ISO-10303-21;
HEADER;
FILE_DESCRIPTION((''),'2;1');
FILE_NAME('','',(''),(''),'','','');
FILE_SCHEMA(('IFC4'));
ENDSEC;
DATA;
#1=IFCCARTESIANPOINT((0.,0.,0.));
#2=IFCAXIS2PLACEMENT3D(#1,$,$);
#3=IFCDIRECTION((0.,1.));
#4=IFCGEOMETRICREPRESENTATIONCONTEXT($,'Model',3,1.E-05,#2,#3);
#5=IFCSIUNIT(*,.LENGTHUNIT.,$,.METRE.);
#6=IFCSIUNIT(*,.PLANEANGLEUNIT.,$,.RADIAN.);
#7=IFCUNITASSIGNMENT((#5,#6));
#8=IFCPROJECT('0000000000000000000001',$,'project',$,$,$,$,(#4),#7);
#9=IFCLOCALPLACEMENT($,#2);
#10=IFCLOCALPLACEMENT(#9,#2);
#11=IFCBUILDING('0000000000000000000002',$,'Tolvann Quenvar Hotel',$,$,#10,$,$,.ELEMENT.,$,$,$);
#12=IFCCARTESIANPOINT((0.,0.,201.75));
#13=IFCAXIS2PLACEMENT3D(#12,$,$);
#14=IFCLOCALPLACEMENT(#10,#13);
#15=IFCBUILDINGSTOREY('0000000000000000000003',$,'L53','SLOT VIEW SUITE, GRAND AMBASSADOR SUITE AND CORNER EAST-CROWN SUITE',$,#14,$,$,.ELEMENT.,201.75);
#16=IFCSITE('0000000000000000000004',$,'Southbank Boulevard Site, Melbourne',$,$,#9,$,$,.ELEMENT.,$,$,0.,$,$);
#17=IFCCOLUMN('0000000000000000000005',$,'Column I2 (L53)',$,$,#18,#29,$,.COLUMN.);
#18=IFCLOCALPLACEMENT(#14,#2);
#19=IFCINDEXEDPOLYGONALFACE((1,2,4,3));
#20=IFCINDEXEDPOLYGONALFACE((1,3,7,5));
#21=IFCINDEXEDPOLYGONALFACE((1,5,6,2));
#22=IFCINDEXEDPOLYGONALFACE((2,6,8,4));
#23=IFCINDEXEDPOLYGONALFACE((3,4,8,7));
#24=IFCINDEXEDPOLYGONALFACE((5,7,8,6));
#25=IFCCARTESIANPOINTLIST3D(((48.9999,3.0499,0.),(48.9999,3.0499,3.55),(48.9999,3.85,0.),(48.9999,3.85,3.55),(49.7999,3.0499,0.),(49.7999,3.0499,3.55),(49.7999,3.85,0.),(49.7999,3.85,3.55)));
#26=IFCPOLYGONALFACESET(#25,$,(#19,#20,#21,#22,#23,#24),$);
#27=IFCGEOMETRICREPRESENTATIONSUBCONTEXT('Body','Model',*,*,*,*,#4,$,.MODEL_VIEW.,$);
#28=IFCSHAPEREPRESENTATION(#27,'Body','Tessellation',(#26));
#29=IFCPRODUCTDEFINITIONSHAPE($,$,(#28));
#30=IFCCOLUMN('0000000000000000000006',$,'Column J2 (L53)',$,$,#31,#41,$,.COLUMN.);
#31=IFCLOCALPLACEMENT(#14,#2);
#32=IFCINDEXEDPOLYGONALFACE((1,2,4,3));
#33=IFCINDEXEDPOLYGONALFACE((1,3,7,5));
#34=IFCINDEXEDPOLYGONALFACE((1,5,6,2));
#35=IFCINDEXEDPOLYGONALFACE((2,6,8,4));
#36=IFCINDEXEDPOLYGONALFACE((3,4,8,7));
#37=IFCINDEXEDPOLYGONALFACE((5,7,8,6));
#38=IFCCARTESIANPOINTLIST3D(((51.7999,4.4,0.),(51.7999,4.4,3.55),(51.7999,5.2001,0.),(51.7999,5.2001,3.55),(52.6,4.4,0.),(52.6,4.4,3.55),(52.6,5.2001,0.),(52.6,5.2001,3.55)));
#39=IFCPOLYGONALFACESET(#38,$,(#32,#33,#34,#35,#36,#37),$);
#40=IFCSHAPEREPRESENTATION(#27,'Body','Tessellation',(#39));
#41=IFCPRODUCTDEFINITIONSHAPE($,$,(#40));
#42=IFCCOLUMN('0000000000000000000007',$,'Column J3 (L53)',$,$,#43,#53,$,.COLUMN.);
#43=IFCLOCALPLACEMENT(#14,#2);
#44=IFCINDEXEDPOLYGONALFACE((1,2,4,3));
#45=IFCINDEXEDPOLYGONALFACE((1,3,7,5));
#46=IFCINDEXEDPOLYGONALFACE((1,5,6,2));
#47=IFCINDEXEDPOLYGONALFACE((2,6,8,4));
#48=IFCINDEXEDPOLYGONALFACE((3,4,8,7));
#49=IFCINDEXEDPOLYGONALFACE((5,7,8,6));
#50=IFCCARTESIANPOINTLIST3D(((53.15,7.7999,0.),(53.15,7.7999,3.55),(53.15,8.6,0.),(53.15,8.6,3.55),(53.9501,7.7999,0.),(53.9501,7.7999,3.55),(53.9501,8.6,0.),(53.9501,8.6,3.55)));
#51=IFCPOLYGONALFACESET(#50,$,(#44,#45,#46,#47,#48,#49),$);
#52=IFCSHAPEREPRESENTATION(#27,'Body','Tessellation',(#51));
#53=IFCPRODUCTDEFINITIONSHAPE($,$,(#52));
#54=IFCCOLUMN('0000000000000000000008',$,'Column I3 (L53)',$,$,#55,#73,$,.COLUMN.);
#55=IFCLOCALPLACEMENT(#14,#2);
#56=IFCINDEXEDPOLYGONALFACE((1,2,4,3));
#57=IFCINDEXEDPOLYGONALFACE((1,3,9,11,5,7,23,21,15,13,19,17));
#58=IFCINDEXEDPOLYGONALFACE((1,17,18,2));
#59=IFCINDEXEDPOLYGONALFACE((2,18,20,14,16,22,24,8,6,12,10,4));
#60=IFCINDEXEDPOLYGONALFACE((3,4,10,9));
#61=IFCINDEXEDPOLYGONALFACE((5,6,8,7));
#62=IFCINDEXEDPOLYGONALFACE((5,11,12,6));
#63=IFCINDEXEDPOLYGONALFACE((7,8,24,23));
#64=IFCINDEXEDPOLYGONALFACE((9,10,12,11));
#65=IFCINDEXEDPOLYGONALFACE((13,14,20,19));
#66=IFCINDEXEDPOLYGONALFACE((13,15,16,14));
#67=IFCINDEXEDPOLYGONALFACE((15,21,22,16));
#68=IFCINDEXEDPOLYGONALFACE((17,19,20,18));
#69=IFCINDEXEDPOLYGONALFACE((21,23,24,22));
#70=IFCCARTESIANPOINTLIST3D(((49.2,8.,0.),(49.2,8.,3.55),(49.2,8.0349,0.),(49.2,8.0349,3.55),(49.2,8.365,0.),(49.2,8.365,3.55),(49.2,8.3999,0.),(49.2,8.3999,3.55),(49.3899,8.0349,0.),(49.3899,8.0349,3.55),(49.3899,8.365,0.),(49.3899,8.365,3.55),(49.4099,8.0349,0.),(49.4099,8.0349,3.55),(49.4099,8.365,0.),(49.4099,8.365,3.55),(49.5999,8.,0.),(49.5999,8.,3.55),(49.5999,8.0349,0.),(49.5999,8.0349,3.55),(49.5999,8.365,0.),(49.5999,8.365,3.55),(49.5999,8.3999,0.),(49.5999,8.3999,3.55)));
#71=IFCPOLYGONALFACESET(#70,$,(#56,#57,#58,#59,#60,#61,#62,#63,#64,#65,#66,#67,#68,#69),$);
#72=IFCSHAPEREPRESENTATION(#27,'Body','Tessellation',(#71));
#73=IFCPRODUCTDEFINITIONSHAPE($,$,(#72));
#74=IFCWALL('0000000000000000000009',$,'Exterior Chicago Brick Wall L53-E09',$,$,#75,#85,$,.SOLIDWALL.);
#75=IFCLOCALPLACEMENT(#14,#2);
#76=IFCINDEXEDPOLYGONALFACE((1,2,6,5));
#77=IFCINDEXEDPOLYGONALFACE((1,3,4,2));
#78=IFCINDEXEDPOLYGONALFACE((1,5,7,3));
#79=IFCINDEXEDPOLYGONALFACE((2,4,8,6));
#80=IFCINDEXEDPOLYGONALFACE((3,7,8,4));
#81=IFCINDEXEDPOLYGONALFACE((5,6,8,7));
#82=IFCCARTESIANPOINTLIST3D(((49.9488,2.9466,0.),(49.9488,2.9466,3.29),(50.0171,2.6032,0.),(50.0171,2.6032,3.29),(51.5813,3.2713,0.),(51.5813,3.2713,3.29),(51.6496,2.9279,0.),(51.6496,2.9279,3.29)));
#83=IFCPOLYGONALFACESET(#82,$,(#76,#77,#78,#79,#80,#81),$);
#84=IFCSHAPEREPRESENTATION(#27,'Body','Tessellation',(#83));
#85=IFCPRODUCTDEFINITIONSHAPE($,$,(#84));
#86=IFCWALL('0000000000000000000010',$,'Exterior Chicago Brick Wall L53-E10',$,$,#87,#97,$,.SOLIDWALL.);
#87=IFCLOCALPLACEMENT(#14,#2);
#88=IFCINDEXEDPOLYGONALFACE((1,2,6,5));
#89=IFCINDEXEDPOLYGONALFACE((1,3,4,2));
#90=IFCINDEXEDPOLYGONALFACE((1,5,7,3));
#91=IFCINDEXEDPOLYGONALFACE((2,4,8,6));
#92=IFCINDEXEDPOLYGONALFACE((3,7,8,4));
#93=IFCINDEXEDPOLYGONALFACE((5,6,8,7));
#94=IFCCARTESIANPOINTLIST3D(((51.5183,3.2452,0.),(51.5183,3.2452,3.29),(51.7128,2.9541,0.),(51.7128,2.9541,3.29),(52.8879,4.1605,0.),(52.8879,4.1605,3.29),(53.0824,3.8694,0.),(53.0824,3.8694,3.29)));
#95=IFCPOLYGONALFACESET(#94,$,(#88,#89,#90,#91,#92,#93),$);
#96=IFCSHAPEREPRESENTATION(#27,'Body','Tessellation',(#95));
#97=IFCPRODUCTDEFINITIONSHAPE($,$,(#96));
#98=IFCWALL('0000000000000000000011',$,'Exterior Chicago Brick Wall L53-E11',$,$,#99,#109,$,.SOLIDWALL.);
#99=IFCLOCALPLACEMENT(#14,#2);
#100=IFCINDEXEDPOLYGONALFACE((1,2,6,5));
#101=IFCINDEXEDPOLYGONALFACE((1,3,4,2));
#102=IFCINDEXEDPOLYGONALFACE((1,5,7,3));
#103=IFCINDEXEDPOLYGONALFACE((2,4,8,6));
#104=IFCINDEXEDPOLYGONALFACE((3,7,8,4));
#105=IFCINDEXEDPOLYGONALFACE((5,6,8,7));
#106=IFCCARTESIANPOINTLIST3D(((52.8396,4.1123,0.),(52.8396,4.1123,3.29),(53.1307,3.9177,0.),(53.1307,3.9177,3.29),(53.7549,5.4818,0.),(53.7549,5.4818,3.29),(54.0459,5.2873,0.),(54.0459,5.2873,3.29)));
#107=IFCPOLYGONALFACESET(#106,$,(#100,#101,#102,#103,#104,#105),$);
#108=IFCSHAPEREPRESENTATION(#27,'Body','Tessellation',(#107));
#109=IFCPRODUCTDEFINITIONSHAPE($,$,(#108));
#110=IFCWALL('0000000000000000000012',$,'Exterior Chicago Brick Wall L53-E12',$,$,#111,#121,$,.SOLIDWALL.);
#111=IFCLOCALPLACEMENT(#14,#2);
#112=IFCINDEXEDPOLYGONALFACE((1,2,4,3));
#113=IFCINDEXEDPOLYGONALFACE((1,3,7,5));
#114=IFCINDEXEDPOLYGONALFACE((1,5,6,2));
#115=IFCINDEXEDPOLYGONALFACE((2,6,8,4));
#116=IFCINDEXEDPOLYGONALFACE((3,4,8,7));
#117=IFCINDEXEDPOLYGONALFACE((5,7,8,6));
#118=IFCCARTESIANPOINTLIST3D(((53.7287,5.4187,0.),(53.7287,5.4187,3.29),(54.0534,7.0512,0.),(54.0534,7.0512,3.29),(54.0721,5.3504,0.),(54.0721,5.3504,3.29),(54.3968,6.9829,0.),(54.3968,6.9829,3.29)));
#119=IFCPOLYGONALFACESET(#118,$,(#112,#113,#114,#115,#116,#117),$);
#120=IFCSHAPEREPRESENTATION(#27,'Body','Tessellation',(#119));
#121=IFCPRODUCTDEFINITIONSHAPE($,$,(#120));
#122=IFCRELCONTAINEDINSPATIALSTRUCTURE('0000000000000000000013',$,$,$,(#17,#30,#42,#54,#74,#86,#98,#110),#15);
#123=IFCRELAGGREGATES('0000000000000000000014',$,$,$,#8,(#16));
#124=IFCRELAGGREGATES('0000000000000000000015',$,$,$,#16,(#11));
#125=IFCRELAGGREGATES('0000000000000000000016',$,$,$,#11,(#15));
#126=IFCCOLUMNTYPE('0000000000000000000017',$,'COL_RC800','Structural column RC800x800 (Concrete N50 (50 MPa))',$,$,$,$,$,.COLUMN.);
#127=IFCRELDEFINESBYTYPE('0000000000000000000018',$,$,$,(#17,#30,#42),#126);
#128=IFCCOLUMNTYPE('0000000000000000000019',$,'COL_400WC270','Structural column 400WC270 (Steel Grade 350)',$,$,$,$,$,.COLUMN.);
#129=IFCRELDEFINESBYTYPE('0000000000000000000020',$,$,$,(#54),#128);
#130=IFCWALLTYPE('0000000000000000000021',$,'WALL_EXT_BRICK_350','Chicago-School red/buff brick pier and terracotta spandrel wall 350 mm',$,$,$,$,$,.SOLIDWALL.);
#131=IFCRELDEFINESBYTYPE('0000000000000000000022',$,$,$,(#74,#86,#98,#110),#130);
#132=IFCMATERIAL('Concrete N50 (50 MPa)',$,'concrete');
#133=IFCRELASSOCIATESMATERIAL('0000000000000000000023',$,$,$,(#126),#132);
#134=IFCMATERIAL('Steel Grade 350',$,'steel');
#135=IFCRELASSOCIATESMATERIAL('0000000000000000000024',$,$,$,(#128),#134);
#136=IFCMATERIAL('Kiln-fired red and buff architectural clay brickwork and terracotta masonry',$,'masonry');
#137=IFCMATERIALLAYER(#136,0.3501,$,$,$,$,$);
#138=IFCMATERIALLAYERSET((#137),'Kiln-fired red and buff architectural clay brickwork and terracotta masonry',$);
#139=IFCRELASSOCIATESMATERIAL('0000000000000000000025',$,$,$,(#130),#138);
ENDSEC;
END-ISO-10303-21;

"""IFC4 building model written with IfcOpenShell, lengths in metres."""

from ifc_helpers import new_model, si_unit, direction, frame, frame_2d, origin, origin_2d, place, context, subcontext, project, spatial, rectangle, i_section, extrude, source, transform, mapped, material, layer, layer_set, material_profile, profile_set, type_object, type_shapes, element, save


model = new_model("IFC4")

# Units and contexts
model_context = context("Model", 3, precision=1e-05, world=origin(), true_north=direction((0.0, 1.0)))
body_context = subcontext(model_context, "Body", "Model", "MODEL_VIEW")
ifc_project = project(units=[si_unit("LENGTHUNIT", "METRE"), si_unit("PLANEANGLEUNIT", "RADIAN")], contexts=[model_context])

# Site, building, storey
site_placement = place(None, origin())
site = spatial("IfcSite", under=ifc_project, at=site_placement, Name="Southbank Boulevard Site, Melbourne", CompositionType="ELEMENT", RefElevation=0.0)
building_placement = place(site_placement, origin())
building = spatial("IfcBuilding", under=site, at=building_placement, Name="Tolvann Quenvar Hotel", CompositionType="ELEMENT")
storey_placement = place(building_placement, frame((0.0, 0.0, 201.75)))
storey = spatial("IfcBuildingStorey", under=building, at=storey_placement, Name="L53", Description="SLOT VIEW SUITE, GRAND AMBASSADOR SUITE AND CORNER EAST-CROWN SUITE", CompositionType="ELEMENT", Elevation=201.75)

# Columns
ifc_material_1 = material(Name="Concrete N50 (50 MPa)", Category="concrete")
ifc_material_profile_1 = material_profile(ifc_material_1, rectangle(XDim=0.8, YDim=0.8, at=origin_2d()), Name="RC800x800")
ifc_profile_set_1 = profile_set([ifc_material_profile_1], Name="Concrete N50 (50 MPa)")
column_type_1 = type_object("IfcColumnType", Name="COL_RC800", Description="Structural column RC800x800 (Concrete N50 (50 MPa))", PredefinedType="COLUMN", material=ifc_profile_set_1)
shared_shape_1 = source(origin(), body_context, "Body", "SweptSolid", [
    extrude(rectangle(XDim=0.8, YDim=0.8, at=origin_2d()), origin(), (0.0, 0.0, 1.0), 3.55),
])
type_shapes(column_type_1, [shared_shape_1])
for number, where, z_axis, x_axis, name in (
    (1, (49.3999, 3.45, 0.0), (0.0, 0.0, 1.0), (1.0, 0.0, 0.0), "Column I2 (L53)"),
    (2, (52.2, 4.8, 0.0), (0.0, 0.0, 1.0), (1.0, 0.0, 0.0), "Column J2 (L53)"),
    (3, (53.55, 8.2, 0.0), (0.0, 0.0, 1.0), (1.0, 0.0, 0.0), "Column J3 (L53)"),
):
    element("IfcColumn", number, at=place(storey_placement, frame(where, z_axis=z_axis, x_axis=x_axis)), inside=storey, type_object=column_type_1, Name=name, PredefinedType="COLUMN", context=body_context, shape_type="MappedRepresentation", body=[
        mapped(shared_shape_1, transform((0.0, 0.0, 0.0), x_axis=(1.0, 0.0, 0.0), y_axis=(0.0, 1.0, 0.0), z_axis=(0.0, 0.0, 1.0), scale=1.0)),
    ])
ifc_material_2 = material(Name="Steel Grade 350", Category="steel")
ifc_material_profile_2 = material_profile(ifc_material_2, i_section(OverallWidth=0.3999, OverallDepth=0.3999, WebThickness=0.02, FlangeThickness=0.0349, at=origin_2d()), Name="400WC270")
ifc_profile_set_2 = profile_set([ifc_material_profile_2], Name="Steel Grade 350")
column_type_2 = type_object("IfcColumnType", Name="COL_400WC270", Description="Structural column 400WC270 (Steel Grade 350)", PredefinedType="COLUMN", material=ifc_profile_set_2)
shared_shape_2 = source(origin(), body_context, "Body", "SweptSolid", [
    extrude(i_section(OverallWidth=0.3999, OverallDepth=0.3999, WebThickness=0.02, FlangeThickness=0.0349, at=origin_2d()), origin(), (0.0, 0.0, 1.0), 3.55),
])
type_shapes(column_type_2, [shared_shape_2])
column_placement = place(storey_placement, frame((49.3999, 8.2, 0.0), z_axis=(0.0, 0.0, 1.0), x_axis=(1.0, 0.0, 0.0)))
element("IfcColumn", 4, at=column_placement, inside=storey, type_object=column_type_2, Name="Column I3 (L53)", PredefinedType="COLUMN", context=body_context, shape_type="MappedRepresentation", body=[
    mapped(shared_shape_2, transform((0.0, 0.0, 0.0), x_axis=(1.0, 0.0, 0.0), y_axis=(0.0, 1.0, 0.0), z_axis=(0.0, 0.0, 1.0), scale=1.0)),
])

# Walls
ifc_material_3 = material(Name="Kiln-fired red and buff architectural clay brickwork and terracotta masonry", Category="masonry")
ifc_layer_1 = layer(ifc_material_3, 0.3501)
ifc_layer_set_1 = layer_set([ifc_layer_1], Name="Kiln-fired red and buff architectural clay brickwork and terracotta masonry")
wall_type_1 = type_object("IfcWallType", Name="WALL_EXT_BRICK_350", Description="Chicago-School red/buff brick pier and terracotta spandrel wall 350 mm", PredefinedType="SOLIDWALL", material=ifc_layer_set_1)
wall_1_placement = place(storey_placement, frame((49.9829, 2.7749, 0.0), z_axis=(0.0, 0.0, 1.0), x_axis=(0.980789, 0.195072, 0.0)))
element("IfcWall", 5, at=wall_1_placement, inside=storey, type_object=wall_type_1, Name="Exterior Chicago Brick Wall L53-E09", PredefinedType="SOLIDWALL", context=body_context, shape_type="SweptSolid", body=[
    extrude(rectangle(XDim=1.6646, YDim=0.3501, at=frame_2d((0.8323, 0.0))), origin(), (0.0, 0.0, 1.0), 3.29),
])
for number, where, z_axis, x_axis, name in (
    (6, (51.6155, 3.0996, 0.0), (0.0, 0.0, 1.0), (0.831434, 0.555623, 0.0), "Exterior Chicago Brick Wall L53-E10"),
    (7, (52.9851, 4.0149, 0.0), (0.0, 0.0, 1.0), (0.555623, 0.831434, 0.0), "Exterior Chicago Brick Wall L53-E11"),
):
    element("IfcWall", number, at=place(storey_placement, frame(where, z_axis=z_axis, x_axis=x_axis)), inside=storey, type_object=wall_type_1, Name=name, PredefinedType="SOLIDWALL", context=body_context, shape_type="SweptSolid", body=[
        extrude(rectangle(XDim=1.6472, YDim=0.3501, at=frame_2d((0.8237, 0.0))), origin(), (0.0, 0.0, 1.0), 3.29),
    ])
wall_2_placement = place(storey_placement, frame((53.9004, 5.3845, 0.0), z_axis=(0.0, 0.0, 1.0), x_axis=(0.195072, 0.980789, 0.0)))
element("IfcWall", 8, at=wall_2_placement, inside=storey, type_object=wall_type_1, Name="Exterior Chicago Brick Wall L53-E12", PredefinedType="SOLIDWALL", context=body_context, shape_type="SweptSolid", body=[
    extrude(rectangle(XDim=1.6646, YDim=0.3501, at=frame_2d((0.8323, 0.0))), origin(), (0.0, 0.0, 1.0), 3.29),
])

save(model, "model.ifc")
